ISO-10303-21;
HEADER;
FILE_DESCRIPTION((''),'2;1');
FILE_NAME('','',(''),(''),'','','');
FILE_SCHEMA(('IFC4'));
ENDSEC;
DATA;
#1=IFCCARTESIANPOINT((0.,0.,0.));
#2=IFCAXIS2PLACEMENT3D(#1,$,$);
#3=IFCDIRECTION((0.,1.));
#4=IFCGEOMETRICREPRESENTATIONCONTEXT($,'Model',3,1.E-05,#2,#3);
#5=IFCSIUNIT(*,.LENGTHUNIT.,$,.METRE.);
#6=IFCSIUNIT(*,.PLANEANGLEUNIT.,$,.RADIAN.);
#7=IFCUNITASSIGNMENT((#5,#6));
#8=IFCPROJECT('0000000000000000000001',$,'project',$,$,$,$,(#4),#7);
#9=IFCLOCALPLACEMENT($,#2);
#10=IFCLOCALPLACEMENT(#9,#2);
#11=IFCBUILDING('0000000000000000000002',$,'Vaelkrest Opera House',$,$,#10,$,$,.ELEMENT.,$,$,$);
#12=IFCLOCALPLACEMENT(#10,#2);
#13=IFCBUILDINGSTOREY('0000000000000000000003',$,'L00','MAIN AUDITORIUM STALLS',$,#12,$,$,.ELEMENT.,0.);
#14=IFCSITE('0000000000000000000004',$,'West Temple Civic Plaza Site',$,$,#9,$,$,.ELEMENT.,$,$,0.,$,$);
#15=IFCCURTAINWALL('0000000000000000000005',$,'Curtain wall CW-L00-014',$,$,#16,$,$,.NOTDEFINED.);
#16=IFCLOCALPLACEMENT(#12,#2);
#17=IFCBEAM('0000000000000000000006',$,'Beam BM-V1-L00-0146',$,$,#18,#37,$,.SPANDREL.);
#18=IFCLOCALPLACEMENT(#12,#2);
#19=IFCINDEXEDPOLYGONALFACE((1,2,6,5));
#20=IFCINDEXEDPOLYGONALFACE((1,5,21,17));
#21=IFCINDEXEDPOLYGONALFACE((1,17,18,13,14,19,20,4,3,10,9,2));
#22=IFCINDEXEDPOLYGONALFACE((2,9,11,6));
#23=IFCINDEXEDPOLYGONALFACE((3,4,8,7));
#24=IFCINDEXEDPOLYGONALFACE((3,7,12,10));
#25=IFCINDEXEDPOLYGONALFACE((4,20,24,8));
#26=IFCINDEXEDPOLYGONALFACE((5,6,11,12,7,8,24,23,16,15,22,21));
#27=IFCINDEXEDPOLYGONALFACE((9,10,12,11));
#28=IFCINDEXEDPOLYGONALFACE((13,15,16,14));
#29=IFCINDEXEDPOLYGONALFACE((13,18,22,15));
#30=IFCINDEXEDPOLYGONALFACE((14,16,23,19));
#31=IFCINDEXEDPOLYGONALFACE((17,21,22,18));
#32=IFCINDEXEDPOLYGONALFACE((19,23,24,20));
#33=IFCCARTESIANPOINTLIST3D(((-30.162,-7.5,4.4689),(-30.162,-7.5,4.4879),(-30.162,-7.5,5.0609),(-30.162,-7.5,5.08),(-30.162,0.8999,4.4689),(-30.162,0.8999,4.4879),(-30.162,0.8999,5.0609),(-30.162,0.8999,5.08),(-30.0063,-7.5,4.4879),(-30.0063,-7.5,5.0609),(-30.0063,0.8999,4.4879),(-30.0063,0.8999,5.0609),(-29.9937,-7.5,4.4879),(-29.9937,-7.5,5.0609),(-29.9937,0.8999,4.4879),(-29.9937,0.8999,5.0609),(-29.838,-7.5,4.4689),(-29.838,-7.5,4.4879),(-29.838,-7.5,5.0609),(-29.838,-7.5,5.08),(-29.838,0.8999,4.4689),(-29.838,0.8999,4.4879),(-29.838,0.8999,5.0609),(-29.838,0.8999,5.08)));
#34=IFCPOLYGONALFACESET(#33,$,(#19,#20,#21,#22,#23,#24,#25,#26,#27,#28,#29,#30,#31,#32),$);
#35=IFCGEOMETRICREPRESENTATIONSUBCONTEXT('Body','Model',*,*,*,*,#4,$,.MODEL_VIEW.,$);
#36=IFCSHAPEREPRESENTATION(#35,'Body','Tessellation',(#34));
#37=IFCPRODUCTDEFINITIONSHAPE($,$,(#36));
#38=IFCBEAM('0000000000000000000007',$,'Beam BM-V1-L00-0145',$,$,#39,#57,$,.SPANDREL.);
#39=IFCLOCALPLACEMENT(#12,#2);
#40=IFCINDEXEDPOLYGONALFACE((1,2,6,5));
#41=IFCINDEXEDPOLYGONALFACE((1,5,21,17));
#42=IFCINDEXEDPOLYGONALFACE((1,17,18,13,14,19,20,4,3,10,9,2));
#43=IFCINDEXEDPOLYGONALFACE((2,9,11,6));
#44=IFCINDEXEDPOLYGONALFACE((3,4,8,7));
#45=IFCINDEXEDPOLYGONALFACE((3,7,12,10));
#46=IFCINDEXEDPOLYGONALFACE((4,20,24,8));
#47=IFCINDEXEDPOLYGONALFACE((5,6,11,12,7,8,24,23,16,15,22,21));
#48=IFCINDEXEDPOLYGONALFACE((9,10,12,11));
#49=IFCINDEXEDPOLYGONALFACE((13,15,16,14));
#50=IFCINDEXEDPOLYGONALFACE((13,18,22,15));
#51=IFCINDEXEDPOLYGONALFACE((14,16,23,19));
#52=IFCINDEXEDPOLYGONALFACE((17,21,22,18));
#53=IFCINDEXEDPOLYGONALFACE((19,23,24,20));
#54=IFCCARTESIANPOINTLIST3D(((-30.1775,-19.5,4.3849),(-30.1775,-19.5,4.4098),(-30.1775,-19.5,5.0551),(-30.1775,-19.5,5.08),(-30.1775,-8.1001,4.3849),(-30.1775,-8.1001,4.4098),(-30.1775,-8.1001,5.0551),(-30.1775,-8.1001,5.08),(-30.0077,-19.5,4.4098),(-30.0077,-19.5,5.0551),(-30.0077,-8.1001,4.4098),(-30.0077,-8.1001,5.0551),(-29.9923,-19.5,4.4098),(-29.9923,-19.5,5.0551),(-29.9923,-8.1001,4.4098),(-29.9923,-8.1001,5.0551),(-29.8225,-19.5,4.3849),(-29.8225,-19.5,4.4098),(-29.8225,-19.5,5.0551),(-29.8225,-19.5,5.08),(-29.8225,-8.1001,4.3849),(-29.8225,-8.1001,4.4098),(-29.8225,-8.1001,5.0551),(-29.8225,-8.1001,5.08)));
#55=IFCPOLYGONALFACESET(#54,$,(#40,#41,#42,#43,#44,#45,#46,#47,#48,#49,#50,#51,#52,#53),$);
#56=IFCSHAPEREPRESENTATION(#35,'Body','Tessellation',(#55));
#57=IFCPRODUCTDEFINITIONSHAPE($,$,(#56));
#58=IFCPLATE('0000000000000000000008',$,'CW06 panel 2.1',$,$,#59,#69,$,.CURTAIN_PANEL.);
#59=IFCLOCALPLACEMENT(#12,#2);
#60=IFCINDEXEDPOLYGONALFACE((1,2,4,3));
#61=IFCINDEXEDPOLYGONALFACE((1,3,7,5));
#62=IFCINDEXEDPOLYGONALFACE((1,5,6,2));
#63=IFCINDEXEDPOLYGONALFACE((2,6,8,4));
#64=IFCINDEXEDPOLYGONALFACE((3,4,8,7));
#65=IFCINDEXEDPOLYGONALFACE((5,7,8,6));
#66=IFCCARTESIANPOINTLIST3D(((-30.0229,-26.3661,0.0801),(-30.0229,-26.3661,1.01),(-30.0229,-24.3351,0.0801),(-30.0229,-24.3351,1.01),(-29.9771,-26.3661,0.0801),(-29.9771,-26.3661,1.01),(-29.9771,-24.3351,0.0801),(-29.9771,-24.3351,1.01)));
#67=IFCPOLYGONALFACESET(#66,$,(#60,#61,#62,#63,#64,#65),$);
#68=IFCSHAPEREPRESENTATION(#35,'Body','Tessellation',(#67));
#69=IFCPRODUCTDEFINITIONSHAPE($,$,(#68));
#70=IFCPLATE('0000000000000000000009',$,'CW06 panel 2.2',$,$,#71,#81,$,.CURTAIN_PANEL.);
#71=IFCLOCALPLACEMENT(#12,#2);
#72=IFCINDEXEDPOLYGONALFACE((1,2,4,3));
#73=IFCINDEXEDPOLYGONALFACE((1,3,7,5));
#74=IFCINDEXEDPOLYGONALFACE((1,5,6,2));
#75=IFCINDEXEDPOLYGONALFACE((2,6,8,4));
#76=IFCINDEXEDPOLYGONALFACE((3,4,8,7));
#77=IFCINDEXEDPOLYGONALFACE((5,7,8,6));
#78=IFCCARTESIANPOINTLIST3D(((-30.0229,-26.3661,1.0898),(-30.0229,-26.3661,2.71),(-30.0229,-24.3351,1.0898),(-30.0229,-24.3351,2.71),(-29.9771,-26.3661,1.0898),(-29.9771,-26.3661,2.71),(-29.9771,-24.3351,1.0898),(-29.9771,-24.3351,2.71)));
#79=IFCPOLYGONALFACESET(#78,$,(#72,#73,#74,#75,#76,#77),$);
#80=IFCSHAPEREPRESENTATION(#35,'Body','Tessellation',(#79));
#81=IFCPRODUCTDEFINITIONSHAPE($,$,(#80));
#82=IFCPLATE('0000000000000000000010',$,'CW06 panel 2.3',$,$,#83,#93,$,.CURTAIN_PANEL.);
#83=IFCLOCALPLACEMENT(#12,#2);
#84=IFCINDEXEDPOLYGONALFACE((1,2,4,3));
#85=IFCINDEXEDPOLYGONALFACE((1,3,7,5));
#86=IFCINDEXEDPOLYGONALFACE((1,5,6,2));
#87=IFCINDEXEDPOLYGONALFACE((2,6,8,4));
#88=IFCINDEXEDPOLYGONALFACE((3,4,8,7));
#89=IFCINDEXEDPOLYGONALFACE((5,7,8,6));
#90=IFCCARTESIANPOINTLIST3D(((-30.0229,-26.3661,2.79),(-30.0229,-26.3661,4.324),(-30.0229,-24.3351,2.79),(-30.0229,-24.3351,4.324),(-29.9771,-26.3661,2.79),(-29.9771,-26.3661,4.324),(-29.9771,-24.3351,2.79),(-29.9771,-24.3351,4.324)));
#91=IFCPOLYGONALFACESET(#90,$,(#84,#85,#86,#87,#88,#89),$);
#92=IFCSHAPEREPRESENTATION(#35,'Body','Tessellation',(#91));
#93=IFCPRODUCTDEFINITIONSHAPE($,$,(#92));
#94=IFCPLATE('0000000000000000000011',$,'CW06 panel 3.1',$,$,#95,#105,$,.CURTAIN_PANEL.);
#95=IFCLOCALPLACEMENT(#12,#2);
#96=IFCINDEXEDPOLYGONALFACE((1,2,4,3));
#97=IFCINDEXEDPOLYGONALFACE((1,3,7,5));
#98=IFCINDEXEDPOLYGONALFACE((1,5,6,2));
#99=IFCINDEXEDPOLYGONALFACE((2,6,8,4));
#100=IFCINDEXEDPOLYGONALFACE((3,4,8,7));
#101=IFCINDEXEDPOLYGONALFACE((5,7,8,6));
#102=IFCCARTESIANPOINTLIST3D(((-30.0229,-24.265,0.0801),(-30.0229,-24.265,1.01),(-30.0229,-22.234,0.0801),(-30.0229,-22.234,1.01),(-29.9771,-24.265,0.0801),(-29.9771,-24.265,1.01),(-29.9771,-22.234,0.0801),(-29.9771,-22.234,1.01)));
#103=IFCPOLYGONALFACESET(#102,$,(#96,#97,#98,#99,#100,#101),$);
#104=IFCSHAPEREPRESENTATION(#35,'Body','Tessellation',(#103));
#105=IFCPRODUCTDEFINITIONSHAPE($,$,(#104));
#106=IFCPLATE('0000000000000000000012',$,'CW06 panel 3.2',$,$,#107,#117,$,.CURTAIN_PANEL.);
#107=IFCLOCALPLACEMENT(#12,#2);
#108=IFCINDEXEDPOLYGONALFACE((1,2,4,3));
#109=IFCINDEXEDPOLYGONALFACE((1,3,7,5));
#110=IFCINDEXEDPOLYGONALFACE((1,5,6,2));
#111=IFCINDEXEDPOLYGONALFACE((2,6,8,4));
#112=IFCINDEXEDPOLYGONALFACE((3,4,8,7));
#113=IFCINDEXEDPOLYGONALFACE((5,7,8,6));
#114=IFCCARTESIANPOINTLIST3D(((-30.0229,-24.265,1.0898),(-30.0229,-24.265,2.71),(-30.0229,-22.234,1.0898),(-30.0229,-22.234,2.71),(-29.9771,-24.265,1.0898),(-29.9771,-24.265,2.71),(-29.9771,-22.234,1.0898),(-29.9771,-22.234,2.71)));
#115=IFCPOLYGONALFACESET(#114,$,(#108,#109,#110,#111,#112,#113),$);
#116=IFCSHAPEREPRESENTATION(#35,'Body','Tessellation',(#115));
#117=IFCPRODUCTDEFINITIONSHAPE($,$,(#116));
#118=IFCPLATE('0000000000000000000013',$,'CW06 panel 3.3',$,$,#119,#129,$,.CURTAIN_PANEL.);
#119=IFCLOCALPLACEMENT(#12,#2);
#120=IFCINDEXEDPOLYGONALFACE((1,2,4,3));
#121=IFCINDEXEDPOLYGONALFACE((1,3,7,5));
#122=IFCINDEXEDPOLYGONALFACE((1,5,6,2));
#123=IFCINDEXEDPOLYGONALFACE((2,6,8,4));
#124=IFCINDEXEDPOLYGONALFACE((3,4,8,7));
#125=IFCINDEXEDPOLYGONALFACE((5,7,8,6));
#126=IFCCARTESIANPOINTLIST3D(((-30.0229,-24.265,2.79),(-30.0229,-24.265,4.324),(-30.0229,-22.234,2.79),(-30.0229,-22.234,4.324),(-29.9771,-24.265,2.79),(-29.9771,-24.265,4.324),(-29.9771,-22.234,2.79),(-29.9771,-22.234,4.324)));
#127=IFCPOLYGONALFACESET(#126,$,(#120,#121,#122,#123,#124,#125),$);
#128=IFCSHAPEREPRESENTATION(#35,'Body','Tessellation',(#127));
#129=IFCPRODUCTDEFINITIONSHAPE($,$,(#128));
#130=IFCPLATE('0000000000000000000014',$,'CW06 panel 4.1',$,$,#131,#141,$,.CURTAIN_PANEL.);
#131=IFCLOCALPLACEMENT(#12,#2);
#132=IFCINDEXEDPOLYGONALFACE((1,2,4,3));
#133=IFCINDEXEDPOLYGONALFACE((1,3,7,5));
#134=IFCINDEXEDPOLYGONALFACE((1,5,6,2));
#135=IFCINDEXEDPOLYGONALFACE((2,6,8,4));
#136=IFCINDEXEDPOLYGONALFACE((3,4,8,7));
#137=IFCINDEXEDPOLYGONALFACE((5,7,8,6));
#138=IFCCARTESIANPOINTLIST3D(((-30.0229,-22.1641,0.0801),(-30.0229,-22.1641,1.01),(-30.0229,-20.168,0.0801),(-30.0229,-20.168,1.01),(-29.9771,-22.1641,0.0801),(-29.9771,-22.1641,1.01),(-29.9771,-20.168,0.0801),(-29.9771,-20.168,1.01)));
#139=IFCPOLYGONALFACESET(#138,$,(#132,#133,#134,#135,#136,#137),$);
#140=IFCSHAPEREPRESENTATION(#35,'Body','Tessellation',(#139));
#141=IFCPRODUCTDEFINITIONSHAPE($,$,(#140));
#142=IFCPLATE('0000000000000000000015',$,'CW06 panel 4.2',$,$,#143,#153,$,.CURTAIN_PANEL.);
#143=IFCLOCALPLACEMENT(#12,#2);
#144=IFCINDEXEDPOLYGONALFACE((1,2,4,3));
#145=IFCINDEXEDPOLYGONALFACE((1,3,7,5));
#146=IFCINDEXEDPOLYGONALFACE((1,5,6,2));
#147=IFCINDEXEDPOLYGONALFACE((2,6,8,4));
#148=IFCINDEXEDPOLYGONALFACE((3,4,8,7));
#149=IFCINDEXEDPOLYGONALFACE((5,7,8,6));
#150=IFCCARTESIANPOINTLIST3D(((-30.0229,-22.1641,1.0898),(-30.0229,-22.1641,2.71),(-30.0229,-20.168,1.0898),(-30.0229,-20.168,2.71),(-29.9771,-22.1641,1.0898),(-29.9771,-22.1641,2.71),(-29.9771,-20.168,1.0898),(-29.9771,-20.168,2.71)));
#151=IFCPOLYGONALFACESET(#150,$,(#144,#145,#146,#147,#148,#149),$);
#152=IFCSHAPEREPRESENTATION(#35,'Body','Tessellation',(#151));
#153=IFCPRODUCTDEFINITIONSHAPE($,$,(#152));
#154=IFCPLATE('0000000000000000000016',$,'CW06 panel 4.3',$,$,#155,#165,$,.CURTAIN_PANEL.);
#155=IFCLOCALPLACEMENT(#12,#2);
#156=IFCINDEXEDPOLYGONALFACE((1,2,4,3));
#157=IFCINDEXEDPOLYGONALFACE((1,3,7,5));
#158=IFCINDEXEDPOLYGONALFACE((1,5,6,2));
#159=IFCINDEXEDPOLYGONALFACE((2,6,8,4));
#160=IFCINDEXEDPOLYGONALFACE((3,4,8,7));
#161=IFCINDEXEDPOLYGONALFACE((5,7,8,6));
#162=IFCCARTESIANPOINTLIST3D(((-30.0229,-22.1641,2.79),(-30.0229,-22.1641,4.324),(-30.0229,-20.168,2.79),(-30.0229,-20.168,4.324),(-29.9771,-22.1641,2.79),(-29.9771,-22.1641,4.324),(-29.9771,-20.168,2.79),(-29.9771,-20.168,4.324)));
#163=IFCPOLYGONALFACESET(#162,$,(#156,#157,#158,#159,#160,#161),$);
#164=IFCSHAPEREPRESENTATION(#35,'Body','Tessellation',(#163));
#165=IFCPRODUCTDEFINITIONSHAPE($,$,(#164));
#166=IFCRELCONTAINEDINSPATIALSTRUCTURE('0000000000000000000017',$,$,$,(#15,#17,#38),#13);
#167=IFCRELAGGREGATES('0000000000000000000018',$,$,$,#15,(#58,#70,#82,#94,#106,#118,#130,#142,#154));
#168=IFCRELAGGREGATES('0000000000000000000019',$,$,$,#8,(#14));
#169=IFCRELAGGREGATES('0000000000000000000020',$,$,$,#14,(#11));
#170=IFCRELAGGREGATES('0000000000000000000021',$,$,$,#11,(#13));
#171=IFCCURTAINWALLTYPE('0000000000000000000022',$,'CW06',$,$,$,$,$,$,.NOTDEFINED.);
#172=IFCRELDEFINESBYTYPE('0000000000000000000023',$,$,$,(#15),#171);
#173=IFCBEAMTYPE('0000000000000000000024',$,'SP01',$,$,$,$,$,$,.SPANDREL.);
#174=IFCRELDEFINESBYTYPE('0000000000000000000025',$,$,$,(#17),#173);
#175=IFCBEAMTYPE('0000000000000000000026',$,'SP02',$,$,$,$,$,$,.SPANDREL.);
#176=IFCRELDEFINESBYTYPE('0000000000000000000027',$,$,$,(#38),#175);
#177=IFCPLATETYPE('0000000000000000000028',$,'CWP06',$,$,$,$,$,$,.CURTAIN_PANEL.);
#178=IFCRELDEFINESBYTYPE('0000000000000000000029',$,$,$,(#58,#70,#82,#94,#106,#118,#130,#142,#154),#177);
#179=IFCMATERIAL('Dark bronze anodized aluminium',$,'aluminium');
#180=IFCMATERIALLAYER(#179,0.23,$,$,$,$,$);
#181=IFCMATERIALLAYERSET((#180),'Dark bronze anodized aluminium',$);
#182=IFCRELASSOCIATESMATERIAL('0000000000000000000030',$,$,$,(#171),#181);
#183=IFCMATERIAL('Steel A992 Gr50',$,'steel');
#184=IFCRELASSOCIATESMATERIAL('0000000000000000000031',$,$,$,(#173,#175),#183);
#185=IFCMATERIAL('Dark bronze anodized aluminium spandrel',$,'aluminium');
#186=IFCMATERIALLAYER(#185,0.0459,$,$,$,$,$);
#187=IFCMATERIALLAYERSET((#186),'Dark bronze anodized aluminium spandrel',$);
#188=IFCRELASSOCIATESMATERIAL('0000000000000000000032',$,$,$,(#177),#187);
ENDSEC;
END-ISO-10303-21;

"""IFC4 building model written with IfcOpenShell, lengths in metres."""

from ifc_helpers import new_model, si_unit, direction, frame, origin, origin_2d, place, context, subcontext, project, spatial, rectangle, i_section, extrude, material, layer, layer_set, material_profile, profile_set, type_object, element, aggregate, save


model = new_model("IFC4")

# Units and contexts
model_context = context("Model", 3, precision=1e-05, world=origin(), true_north=direction((0.0, 1.0)))
body_context = subcontext(model_context, "Body", "Model", "MODEL_VIEW")
ifc_project = project(units=[si_unit("LENGTHUNIT", "METRE"), si_unit("PLANEANGLEUNIT", "RADIAN")], contexts=[model_context])

# Site, building, storey
site_placement = place(None, origin())
site = spatial("IfcSite", under=ifc_project, at=site_placement, Name="West Temple Civic Plaza Site", CompositionType="ELEMENT", RefElevation=0.0)
building_placement = place(site_placement, origin())
building = spatial("IfcBuilding", under=site, at=building_placement, Name="Vaelkrest Opera House", CompositionType="ELEMENT")
storey_placement = place(building_placement, origin())
storey = spatial("IfcBuildingStorey", under=building, at=storey_placement, Name="L00", Description="MAIN AUDITORIUM STALLS", CompositionType="ELEMENT", Elevation=0.0)

# Shared definitions
ifc_material_1 = material(Name="Steel A992 Gr50", Category="steel")

# Curtain wall
ifc_material_2 = material(Name="Dark bronze anodized aluminium", Category="aluminium")
ifc_layer_1 = layer(ifc_material_2, 0.23)
ifc_layer_set_1 = layer_set([ifc_layer_1], Name="Dark bronze anodized aluminium")
curtain_wall_type_1 = type_object("IfcCurtainWallType", Name="CW06", PredefinedType="NOTDEFINED", material=ifc_layer_set_1)
curtain_wall_1_placement = place(storey_placement, origin())
curtain_wall_1 = element("IfcCurtainWall", 1, at=curtain_wall_1_placement, inside=storey, type_object=curtain_wall_type_1, Name="Curtain wall CW-L00-014", PredefinedType="NOTDEFINED")

# Beams
ifc_material_profile_1 = material_profile(ifc_material_1, i_section(OverallWidth=0.324, OverallDepth=0.6111, WebThickness=0.0127, FlangeThickness=0.019, at=origin_2d()), Name="W24X104")
ifc_profile_set_1 = profile_set([ifc_material_profile_1], Name="Steel A992 Gr50")
beam_type_1 = type_object("IfcBeamType", Name="SP01", PredefinedType="SPANDREL", material=ifc_profile_set_1)
beam_1_placement = place(storey_placement, frame((-30.0, -7.5, 4.7744), z_axis=(0.0, 1.0, 0.0), x_axis=(-1.0, 0.0, 0.0)))
element("IfcBeam", 2, at=beam_1_placement, inside=storey, type_object=beam_type_1, Name="Beam BM-V1-L00-0146", PredefinedType="SPANDREL", context=body_context, shape_type="SweptSolid", body=[
    extrude(i_section(OverallWidth=0.324, OverallDepth=0.6111, WebThickness=0.0127, FlangeThickness=0.019, at=origin_2d()), origin(), (0.0, 0.0, 1.0), 8.3999),
])
ifc_material_profile_2 = material_profile(ifc_material_1, i_section(OverallWidth=0.355, OverallDepth=0.6951, WebThickness=0.0154, FlangeThickness=0.0249, at=origin_2d()), Name="W27X146")
ifc_profile_set_2 = profile_set([ifc_material_profile_2], Name="Steel A992 Gr50")
beam_type_2 = type_object("IfcBeamType", Name="SP02", PredefinedType="SPANDREL", material=ifc_profile_set_2)
beam_2_placement = place(storey_placement, frame((-30.0, -19.5, 4.7324), z_axis=(0.0, 1.0, 0.0), x_axis=(-1.0, 0.0, 0.0)))
element("IfcBeam", 3, at=beam_2_placement, inside=storey, type_object=beam_type_2, Name="Beam BM-V1-L00-0145", PredefinedType="SPANDREL", context=body_context, shape_type="SweptSolid", body=[
    extrude(i_section(OverallWidth=0.355, OverallDepth=0.6951, WebThickness=0.0154, FlangeThickness=0.0249, at=origin_2d()), origin(), (0.0, 0.0, 1.0), 11.3999),
])

# Plates
ifc_material_3 = material(Name="Dark bronze anodized aluminium spandrel", Category="aluminium")
ifc_layer_2 = layer(ifc_material_3, 0.0459)
ifc_layer_set_2 = layer_set([ifc_layer_2], Name="Dark bronze anodized aluminium spandrel")
plate_type = type_object("IfcPlateType", Name="CWP06", PredefinedType="CURTAIN_PANEL", material=ifc_layer_set_2)
plate_1_placement = place(storey_placement, frame((-30.0, -25.3506, 0.0801), z_axis=(0.0, 0.0, 1.0), x_axis=(0.0, 1.0, 0.0)))
plate_1 = element("IfcPlate", 4, at=plate_1_placement, type_object=plate_type, Name="CW06 panel 2.1", PredefinedType="CURTAIN_PANEL", context=body_context, shape_type="SweptSolid", body=[
    extrude(rectangle(XDim=2.031, YDim=0.0459, at=origin_2d()), origin(), (0.0, 0.0, 1.0), 0.9299),
])
plate_2_placement = place(storey_placement, frame((-30.0, -25.3506, 1.0898), z_axis=(0.0, 0.0, 1.0), x_axis=(0.0, 1.0, 0.0)))
plate_2 = element("IfcPlate", 5, at=plate_2_placement, type_object=plate_type, Name="CW06 panel 2.2", PredefinedType="CURTAIN_PANEL", context=body_context, shape_type="SweptSolid", body=[
    extrude(rectangle(XDim=2.031, YDim=0.0459, at=origin_2d()), origin(), (0.0, 0.0, 1.0), 1.6201),
])
plate_3_placement = place(storey_placement, frame((-30.0, -25.3506, 2.79), z_axis=(0.0, 0.0, 1.0), x_axis=(0.0, 1.0, 0.0)))
plate_3 = element("IfcPlate", 6, at=plate_3_placement, type_object=plate_type, Name="CW06 panel 2.3", PredefinedType="CURTAIN_PANEL", context=body_context, shape_type="SweptSolid", body=[
    extrude(rectangle(XDim=2.031, YDim=0.0459, at=origin_2d()), origin(), (0.0, 0.0, 1.0), 1.5339),
])
plate_4_placement = place(storey_placement, frame((-30.0, -23.2495, 0.0801), z_axis=(0.0, 0.0, 1.0), x_axis=(0.0, 1.0, 0.0)))
plate_4 = element("IfcPlate", 7, at=plate_4_placement, type_object=plate_type, Name="CW06 panel 3.1", PredefinedType="CURTAIN_PANEL", context=body_context, shape_type="SweptSolid", body=[
    extrude(rectangle(XDim=2.031, YDim=0.0459, at=origin_2d()), origin(), (0.0, 0.0, 1.0), 0.9299),
])
plate_5_placement = place(storey_placement, frame((-30.0, -23.2495, 1.0898), z_axis=(0.0, 0.0, 1.0), x_axis=(0.0, 1.0, 0.0)))
plate_5 = element("IfcPlate", 8, at=plate_5_placement, type_object=plate_type, Name="CW06 panel 3.2", PredefinedType="CURTAIN_PANEL", context=body_context, shape_type="SweptSolid", body=[
    extrude(rectangle(XDim=2.031, YDim=0.0459, at=origin_2d()), origin(), (0.0, 0.0, 1.0), 1.6201),
])
plate_6_placement = place(storey_placement, frame((-30.0, -23.2495, 2.79), z_axis=(0.0, 0.0, 1.0), x_axis=(0.0, 1.0, 0.0)))
plate_6 = element("IfcPlate", 9, at=plate_6_placement, type_object=plate_type, Name="CW06 panel 3.3", PredefinedType="CURTAIN_PANEL", context=body_context, shape_type="SweptSolid", body=[
    extrude(rectangle(XDim=2.031, YDim=0.0459, at=origin_2d()), origin(), (0.0, 0.0, 1.0), 1.5339),
])
plate_7_placement = place(storey_placement, frame((-30.0, -21.166, 0.0801), z_axis=(0.0, 0.0, 1.0), x_axis=(0.0, 1.0, 0.0)))
plate_7 = element("IfcPlate", 10, at=plate_7_placement, type_object=plate_type, Name="CW06 panel 4.1", PredefinedType="CURTAIN_PANEL", context=body_context, shape_type="SweptSolid", body=[
    extrude(rectangle(XDim=1.9961, YDim=0.0459, at=origin_2d()), origin(), (0.0, 0.0, 1.0), 0.9299),
])
plate_8_placement = place(storey_placement, frame((-30.0, -21.166, 1.0898), z_axis=(0.0, 0.0, 1.0), x_axis=(0.0, 1.0, 0.0)))
plate_8 = element("IfcPlate", 11, at=plate_8_placement, type_object=plate_type, Name="CW06 panel 4.2", PredefinedType="CURTAIN_PANEL", context=body_context, shape_type="SweptSolid", body=[
    extrude(rectangle(XDim=1.9961, YDim=0.0459, at=origin_2d()), origin(), (0.0, 0.0, 1.0), 1.6201),
])
plate_9_placement = place(storey_placement, frame((-30.0, -21.166, 2.79), z_axis=(0.0, 0.0, 1.0), x_axis=(0.0, 1.0, 0.0)))
plate_9 = element("IfcPlate", 12, at=plate_9_placement, type_object=plate_type, Name="CW06 panel 4.3", PredefinedType="CURTAIN_PANEL", context=body_context, shape_type="SweptSolid", body=[
    extrude(rectangle(XDim=1.9961, YDim=0.0459, at=origin_2d()), origin(), (0.0, 0.0, 1.0), 1.5339),
])
aggregate(curtain_wall_1, [plate_1, plate_2, plate_3, plate_4, plate_5, plate_6, plate_7, plate_8, plate_9])

save(model, "model.ifc")
